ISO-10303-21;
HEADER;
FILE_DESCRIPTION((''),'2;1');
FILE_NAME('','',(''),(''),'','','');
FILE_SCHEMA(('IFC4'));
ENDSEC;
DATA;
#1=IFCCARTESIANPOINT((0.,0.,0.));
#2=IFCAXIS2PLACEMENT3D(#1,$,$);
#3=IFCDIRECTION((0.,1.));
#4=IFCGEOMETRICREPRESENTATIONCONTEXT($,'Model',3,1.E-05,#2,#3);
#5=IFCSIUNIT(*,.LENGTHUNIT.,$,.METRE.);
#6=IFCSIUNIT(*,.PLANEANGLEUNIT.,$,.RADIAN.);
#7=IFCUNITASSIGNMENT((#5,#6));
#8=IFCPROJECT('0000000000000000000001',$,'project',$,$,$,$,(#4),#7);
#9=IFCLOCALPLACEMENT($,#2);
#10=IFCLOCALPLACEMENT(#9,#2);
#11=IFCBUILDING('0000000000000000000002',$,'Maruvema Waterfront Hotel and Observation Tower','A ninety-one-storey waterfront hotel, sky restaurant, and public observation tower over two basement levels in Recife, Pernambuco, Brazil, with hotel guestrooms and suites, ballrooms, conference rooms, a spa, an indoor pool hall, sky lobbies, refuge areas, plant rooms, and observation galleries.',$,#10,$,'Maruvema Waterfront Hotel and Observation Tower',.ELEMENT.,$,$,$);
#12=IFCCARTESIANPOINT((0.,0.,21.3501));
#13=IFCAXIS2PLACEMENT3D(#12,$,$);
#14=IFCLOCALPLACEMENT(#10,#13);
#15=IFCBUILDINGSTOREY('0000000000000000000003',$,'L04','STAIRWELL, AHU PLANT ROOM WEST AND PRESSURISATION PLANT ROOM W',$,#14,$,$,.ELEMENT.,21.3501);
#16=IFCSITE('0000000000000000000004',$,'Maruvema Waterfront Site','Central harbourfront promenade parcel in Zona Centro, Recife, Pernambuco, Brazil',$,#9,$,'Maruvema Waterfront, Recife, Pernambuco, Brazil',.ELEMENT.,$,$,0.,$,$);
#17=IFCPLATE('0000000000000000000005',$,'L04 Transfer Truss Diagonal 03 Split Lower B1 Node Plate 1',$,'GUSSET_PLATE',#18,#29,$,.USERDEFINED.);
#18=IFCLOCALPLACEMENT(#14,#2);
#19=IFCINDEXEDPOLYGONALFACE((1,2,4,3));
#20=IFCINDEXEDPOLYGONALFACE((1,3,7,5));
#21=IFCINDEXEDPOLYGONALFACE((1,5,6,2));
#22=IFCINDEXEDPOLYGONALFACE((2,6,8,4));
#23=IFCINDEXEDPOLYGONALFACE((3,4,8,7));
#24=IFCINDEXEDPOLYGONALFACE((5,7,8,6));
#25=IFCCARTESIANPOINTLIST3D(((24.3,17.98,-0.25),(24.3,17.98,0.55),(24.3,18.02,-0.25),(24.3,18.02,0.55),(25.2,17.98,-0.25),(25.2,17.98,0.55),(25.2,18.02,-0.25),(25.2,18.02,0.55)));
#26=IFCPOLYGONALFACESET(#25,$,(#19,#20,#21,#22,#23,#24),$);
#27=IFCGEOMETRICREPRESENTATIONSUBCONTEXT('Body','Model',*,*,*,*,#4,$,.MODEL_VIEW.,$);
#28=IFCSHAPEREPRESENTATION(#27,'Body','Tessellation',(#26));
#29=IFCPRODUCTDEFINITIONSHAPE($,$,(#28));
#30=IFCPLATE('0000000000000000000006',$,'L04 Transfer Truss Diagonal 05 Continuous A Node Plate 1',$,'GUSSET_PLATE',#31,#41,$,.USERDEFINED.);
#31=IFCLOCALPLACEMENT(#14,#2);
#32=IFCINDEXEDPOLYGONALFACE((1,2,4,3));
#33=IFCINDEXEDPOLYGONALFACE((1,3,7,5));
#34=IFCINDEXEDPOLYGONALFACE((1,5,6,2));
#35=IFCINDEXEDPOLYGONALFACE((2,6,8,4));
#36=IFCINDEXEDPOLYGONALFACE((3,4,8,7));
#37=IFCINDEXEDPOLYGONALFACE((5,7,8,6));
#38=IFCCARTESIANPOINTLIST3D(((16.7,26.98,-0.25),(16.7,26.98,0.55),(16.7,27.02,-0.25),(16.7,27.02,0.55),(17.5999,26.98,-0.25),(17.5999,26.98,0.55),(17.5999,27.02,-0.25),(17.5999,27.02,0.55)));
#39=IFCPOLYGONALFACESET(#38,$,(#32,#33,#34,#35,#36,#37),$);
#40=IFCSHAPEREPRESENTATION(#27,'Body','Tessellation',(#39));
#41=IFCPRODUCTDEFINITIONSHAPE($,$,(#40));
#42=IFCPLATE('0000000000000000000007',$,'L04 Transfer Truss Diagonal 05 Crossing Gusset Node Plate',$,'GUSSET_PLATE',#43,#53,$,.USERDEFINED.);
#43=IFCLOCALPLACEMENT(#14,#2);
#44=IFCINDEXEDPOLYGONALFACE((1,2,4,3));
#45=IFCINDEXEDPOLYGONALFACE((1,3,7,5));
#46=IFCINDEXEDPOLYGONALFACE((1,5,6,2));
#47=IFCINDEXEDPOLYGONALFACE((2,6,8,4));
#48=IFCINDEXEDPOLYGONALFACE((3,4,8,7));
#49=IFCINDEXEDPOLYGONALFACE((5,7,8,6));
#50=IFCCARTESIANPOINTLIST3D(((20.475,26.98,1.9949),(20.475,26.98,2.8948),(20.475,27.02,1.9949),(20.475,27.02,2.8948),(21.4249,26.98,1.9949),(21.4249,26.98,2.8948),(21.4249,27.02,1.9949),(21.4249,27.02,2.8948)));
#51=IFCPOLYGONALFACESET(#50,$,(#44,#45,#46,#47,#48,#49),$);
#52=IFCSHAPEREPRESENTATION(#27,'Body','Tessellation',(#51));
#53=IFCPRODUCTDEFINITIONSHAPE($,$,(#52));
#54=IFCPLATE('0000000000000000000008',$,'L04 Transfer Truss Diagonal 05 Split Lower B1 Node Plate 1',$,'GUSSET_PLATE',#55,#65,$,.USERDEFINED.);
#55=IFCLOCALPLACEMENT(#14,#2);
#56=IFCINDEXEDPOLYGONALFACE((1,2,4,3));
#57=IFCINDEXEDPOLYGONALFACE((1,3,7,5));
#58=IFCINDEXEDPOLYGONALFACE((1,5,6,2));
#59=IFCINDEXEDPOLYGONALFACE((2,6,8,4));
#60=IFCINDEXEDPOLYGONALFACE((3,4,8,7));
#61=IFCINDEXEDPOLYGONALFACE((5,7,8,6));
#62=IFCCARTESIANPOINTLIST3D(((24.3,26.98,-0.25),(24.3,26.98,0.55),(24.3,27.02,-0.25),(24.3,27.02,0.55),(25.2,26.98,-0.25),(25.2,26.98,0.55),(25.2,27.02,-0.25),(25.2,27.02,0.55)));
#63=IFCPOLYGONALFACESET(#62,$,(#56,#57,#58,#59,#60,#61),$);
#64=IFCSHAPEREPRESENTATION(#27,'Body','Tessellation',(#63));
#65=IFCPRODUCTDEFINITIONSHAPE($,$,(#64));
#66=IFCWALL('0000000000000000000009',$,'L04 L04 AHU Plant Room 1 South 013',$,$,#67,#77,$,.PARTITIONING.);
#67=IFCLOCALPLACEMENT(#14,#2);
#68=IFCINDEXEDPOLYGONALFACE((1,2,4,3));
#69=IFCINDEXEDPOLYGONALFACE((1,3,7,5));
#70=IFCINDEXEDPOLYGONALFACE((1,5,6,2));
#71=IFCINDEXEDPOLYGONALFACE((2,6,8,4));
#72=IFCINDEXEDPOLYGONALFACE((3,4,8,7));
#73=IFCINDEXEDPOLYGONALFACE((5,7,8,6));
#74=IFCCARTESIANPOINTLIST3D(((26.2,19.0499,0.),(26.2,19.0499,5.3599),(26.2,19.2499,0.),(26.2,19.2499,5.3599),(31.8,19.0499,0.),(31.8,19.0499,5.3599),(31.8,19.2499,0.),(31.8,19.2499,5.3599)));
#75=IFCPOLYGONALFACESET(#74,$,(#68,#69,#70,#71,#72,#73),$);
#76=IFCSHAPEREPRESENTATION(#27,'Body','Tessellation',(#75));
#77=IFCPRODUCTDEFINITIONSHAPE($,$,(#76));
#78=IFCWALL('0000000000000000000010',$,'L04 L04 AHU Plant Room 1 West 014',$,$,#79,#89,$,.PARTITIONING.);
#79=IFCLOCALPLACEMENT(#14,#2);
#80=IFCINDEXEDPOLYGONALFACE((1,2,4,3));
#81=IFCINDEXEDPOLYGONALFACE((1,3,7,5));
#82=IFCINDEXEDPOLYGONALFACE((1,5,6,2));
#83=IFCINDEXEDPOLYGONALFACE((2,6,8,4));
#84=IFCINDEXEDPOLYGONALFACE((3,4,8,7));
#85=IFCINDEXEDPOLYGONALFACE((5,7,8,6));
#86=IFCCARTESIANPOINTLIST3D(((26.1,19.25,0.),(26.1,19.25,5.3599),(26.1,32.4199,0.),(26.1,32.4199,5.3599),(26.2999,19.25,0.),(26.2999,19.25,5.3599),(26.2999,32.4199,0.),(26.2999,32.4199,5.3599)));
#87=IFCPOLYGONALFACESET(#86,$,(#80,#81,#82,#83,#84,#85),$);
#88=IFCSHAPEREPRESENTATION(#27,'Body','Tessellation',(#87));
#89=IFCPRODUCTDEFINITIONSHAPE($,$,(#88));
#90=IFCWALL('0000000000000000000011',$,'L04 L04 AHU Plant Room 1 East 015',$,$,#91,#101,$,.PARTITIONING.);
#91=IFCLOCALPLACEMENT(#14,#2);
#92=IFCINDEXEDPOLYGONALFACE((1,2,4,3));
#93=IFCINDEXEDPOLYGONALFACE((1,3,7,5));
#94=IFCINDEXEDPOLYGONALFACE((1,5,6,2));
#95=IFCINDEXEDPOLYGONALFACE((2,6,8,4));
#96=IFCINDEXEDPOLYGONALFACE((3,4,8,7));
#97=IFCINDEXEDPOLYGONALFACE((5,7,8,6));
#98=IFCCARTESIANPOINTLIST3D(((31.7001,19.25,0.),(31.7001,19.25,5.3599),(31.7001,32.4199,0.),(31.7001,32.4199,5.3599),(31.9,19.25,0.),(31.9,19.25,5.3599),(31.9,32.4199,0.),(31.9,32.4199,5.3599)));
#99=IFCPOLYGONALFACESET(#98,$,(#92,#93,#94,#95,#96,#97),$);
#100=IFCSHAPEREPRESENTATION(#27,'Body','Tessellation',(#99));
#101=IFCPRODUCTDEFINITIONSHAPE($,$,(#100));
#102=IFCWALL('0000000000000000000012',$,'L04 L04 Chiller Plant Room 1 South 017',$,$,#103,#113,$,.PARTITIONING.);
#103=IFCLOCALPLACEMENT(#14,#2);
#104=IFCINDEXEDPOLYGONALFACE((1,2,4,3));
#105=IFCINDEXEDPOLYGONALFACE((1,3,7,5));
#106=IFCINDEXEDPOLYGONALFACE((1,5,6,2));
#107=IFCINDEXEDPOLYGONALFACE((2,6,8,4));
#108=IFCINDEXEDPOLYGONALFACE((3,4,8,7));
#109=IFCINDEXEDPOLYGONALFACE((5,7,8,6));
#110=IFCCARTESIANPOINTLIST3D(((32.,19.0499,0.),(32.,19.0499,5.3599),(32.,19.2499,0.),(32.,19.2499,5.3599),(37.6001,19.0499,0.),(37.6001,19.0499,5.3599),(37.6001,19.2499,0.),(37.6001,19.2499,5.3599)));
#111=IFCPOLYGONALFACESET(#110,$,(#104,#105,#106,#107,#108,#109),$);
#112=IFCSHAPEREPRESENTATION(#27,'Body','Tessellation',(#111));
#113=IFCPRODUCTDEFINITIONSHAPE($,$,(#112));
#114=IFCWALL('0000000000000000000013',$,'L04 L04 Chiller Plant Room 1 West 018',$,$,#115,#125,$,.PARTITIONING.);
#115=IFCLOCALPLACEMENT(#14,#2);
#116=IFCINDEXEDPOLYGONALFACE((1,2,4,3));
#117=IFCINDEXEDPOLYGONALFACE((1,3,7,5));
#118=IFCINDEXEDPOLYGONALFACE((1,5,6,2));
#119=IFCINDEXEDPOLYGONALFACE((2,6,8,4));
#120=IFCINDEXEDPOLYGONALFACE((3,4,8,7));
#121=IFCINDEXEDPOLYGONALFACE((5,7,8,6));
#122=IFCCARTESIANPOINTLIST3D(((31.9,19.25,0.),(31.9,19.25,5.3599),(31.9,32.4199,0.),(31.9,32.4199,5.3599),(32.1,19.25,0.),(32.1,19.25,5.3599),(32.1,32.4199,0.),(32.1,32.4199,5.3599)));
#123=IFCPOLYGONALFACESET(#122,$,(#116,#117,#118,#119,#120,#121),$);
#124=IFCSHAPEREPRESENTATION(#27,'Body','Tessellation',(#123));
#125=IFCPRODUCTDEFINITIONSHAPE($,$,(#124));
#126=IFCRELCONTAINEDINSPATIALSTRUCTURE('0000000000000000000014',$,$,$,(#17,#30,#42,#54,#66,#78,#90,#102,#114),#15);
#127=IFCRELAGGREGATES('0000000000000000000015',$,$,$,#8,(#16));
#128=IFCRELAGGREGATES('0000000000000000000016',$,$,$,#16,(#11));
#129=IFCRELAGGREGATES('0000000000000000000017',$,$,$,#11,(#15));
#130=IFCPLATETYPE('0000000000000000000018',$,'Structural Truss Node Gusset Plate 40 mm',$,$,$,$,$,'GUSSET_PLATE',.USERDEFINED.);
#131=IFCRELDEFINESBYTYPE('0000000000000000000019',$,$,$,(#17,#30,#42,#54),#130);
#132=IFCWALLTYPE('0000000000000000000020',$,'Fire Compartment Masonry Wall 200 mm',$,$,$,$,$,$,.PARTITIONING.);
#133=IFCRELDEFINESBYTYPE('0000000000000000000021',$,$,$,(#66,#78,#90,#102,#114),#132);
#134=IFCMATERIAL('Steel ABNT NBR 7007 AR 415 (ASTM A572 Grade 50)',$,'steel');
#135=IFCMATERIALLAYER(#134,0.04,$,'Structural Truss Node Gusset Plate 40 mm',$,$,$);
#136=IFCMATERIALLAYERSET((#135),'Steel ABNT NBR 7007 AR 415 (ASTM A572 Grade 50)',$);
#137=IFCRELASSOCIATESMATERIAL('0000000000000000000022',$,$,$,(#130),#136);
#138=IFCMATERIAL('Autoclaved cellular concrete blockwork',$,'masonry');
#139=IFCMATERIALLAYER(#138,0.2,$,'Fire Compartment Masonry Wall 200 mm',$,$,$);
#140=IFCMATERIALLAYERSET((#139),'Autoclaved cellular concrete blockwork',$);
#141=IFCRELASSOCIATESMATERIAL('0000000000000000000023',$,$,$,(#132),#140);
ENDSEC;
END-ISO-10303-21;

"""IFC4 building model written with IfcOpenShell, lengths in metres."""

from ifc_helpers import new_model, si_unit, direction, frame, frame_2d, origin, origin_2d, place, context, subcontext, project, spatial, rectangle, extrude, material, layer, layer_set, type_object, element, save


model = new_model("IFC4")

# Units and contexts
model_context = context("Model", 3, precision=1e-05, world=origin(), true_north=direction((0.0, 1.0)))
body_context = subcontext(model_context, "Body", "Model", "MODEL_VIEW")
ifc_project = project(units=[si_unit("LENGTHUNIT", "METRE"), si_unit("PLANEANGLEUNIT", "RADIAN")], contexts=[model_context])

# Site, building, storey
site_placement = place(None, origin())
site = spatial("IfcSite", under=ifc_project, at=site_placement, Name="Maruvema Waterfront Site", Description="Central harbourfront promenade parcel in Zona Centro, Recife, Pernambuco, Brazil", LongName="Maruvema Waterfront, Recife, Pernambuco, Brazil", CompositionType="ELEMENT", RefElevation=0.0)
building_placement = place(site_placement, origin())
building = spatial("IfcBuilding", under=site, at=building_placement, Name="Maruvema Waterfront Hotel and Observation Tower", Description="A ninety-one-storey waterfront hotel, sky restaurant, and public observation tower over two basement levels in Recife, Pernambuco, Brazil, with hotel guestrooms and suites, ballrooms, conference rooms, a spa, an indoor pool hall, sky lobbies, refuge areas, plant rooms, and observation galleries.", LongName="Maruvema Waterfront Hotel and Observation Tower", CompositionType="ELEMENT")
storey_placement = place(building_placement, frame((0.0, 0.0, 21.3501)))
storey = spatial("IfcBuildingStorey", under=building, at=storey_placement, Name="L04", Description="STAIRWELL, AHU PLANT ROOM WEST AND PRESSURISATION PLANT ROOM W", CompositionType="ELEMENT", Elevation=21.3501)

# Plates
ifc_material_1 = material(Name="Steel ABNT NBR 7007 AR 415 (ASTM A572 Grade 50)", Category="steel")
ifc_layer_1 = layer(ifc_material_1, 0.04, Name="Structural Truss Node Gusset Plate 40 mm")
ifc_layer_set_1 = layer_set([ifc_layer_1], Name="Steel ABNT NBR 7007 AR 415 (ASTM A572 Grade 50)")
plate_type_1 = type_object("IfcPlateType", Name="Structural Truss Node Gusset Plate 40 mm", ElementType="GUSSET_PLATE", PredefinedType="USERDEFINED", material=ifc_layer_set_1)
for number, where, z_axis, x_axis, name in (
    (1, (24.75, 18.0, -0.25), (0.0, 0.0, 1.0), (-1.0, 0.0, 0.0), "L04 Transfer Truss Diagonal 03 Split Lower B1 Node Plate 1"),
    (2, (17.1499, 27.0, -0.25), (0.0, 0.0, 1.0), (1.0, 0.0, 0.0), "L04 Transfer Truss Diagonal 05 Continuous A Node Plate 1"),
):
    element("IfcPlate", number, at=place(storey_placement, frame(where, z_axis=z_axis, x_axis=x_axis)), inside=storey, type_object=plate_type_1, Name=name, ObjectType="GUSSET_PLATE", PredefinedType="USERDEFINED", context=body_context, shape_type="SweptSolid", body=[
        extrude(rectangle(XDim=0.8999, YDim=0.04, at=origin_2d()), origin(), (0.0, 0.0, 1.0), 0.8),
    ])
plate_1_placement = place(storey_placement, frame((20.95, 27.0, 1.9949), z_axis=(0.0, 0.0, 1.0), x_axis=(-1.0, 0.0, 0.0)))
element("IfcPlate", 3, at=plate_1_placement, inside=storey, type_object=plate_type_1, Name="L04 Transfer Truss Diagonal 05 Crossing Gusset Node Plate", ObjectType="GUSSET_PLATE", PredefinedType="USERDEFINED", context=body_context, shape_type="SweptSolid", body=[
    extrude(rectangle(XDim=0.95, YDim=0.04, at=origin_2d()), origin(), (0.0, 0.0, 1.0), 0.8999),
])
plate_2_placement = place(storey_placement, frame((24.75, 27.0, -0.25), z_axis=(0.0, 0.0, 1.0), x_axis=(-1.0, 0.0, 0.0)))
element("IfcPlate", 4, at=plate_2_placement, inside=storey, type_object=plate_type_1, Name="L04 Transfer Truss Diagonal 05 Split Lower B1 Node Plate 1", ObjectType="GUSSET_PLATE", PredefinedType="USERDEFINED", context=body_context, shape_type="SweptSolid", body=[
    extrude(rectangle(XDim=0.8999, YDim=0.04, at=origin_2d()), origin(), (0.0, 0.0, 1.0), 0.8),
])

# Walls
ifc_material_2 = material(Name="Autoclaved cellular concrete blockwork", Category="masonry")
ifc_layer_2 = layer(ifc_material_2, 0.2, Name="Fire Compartment Masonry Wall 200 mm")
ifc_layer_set_2 = layer_set([ifc_layer_2], Name="Autoclaved cellular concrete blockwork")
wall_type = type_object("IfcWallType", Name="Fire Compartment Masonry Wall 200 mm", PredefinedType="PARTITIONING", material=ifc_layer_set_2)
wall_1_placement = place(storey_placement, frame((26.2, 19.1499, 0.0), z_axis=(0.0, 0.0, 1.0), x_axis=(1.0, 0.0, 0.0)))
element("IfcWall", 5, at=wall_1_placement, inside=storey, type_object=wall_type, Name="L04 L04 AHU Plant Room 1 South 013", PredefinedType="PARTITIONING", context=body_context, shape_type="SweptSolid", body=[
    extrude(rectangle(XDim=5.6001, YDim=0.2, at=frame_2d((2.8, 0.0))), origin(), (0.0, 0.0, 1.0), 5.3599),
])
for number, where, z_axis, x_axis, name in (
    (6, (26.2, 19.25, 0.0), (0.0, 0.0, 1.0), (0.0, 1.0, 0.0), "L04 L04 AHU Plant Room 1 West 014"),
    (7, (31.8, 19.25, 0.0), (0.0, 0.0, 1.0), (0.0, 1.0, 0.0), "L04 L04 AHU Plant Room 1 East 015"),
):
    element("IfcWall", number, at=place(storey_placement, frame(where, z_axis=z_axis, x_axis=x_axis)), inside=storey, type_object=wall_type, Name=name, PredefinedType="PARTITIONING", context=body_context, shape_type="SweptSolid", body=[
        extrude(rectangle(XDim=13.1699, YDim=0.2, at=frame_2d((6.585, 0.0))), origin(), (0.0, 0.0, 1.0), 5.3599),
    ])
wall_2_placement = place(storey_placement, frame((32.0, 19.1499, 0.0), z_axis=(0.0, 0.0, 1.0), x_axis=(1.0, 0.0, 0.0)))
element("IfcWall", 8, at=wall_2_placement, inside=storey, type_object=wall_type, Name="L04 L04 Chiller Plant Room 1 South 017", PredefinedType="PARTITIONING", context=body_context, shape_type="SweptSolid", body=[
    extrude(rectangle(XDim=5.6001, YDim=0.2, at=frame_2d((2.8, 0.0))), origin(), (0.0, 0.0, 1.0), 5.3599),
])
wall_3_placement = place(storey_placement, frame((32.0, 19.25, 0.0), z_axis=(0.0, 0.0, 1.0), x_axis=(0.0, 1.0, 0.0)))
element("IfcWall", 9, at=wall_3_placement, inside=storey, type_object=wall_type, Name="L04 L04 Chiller Plant Room 1 West 018", PredefinedType="PARTITIONING", context=body_context, shape_type="SweptSolid", body=[
    extrude(rectangle(XDim=13.1699, YDim=0.2, at=frame_2d((6.585, 0.0))), origin(), (0.0, 0.0, 1.0), 5.3599),
])

save(model, "model.ifc")
